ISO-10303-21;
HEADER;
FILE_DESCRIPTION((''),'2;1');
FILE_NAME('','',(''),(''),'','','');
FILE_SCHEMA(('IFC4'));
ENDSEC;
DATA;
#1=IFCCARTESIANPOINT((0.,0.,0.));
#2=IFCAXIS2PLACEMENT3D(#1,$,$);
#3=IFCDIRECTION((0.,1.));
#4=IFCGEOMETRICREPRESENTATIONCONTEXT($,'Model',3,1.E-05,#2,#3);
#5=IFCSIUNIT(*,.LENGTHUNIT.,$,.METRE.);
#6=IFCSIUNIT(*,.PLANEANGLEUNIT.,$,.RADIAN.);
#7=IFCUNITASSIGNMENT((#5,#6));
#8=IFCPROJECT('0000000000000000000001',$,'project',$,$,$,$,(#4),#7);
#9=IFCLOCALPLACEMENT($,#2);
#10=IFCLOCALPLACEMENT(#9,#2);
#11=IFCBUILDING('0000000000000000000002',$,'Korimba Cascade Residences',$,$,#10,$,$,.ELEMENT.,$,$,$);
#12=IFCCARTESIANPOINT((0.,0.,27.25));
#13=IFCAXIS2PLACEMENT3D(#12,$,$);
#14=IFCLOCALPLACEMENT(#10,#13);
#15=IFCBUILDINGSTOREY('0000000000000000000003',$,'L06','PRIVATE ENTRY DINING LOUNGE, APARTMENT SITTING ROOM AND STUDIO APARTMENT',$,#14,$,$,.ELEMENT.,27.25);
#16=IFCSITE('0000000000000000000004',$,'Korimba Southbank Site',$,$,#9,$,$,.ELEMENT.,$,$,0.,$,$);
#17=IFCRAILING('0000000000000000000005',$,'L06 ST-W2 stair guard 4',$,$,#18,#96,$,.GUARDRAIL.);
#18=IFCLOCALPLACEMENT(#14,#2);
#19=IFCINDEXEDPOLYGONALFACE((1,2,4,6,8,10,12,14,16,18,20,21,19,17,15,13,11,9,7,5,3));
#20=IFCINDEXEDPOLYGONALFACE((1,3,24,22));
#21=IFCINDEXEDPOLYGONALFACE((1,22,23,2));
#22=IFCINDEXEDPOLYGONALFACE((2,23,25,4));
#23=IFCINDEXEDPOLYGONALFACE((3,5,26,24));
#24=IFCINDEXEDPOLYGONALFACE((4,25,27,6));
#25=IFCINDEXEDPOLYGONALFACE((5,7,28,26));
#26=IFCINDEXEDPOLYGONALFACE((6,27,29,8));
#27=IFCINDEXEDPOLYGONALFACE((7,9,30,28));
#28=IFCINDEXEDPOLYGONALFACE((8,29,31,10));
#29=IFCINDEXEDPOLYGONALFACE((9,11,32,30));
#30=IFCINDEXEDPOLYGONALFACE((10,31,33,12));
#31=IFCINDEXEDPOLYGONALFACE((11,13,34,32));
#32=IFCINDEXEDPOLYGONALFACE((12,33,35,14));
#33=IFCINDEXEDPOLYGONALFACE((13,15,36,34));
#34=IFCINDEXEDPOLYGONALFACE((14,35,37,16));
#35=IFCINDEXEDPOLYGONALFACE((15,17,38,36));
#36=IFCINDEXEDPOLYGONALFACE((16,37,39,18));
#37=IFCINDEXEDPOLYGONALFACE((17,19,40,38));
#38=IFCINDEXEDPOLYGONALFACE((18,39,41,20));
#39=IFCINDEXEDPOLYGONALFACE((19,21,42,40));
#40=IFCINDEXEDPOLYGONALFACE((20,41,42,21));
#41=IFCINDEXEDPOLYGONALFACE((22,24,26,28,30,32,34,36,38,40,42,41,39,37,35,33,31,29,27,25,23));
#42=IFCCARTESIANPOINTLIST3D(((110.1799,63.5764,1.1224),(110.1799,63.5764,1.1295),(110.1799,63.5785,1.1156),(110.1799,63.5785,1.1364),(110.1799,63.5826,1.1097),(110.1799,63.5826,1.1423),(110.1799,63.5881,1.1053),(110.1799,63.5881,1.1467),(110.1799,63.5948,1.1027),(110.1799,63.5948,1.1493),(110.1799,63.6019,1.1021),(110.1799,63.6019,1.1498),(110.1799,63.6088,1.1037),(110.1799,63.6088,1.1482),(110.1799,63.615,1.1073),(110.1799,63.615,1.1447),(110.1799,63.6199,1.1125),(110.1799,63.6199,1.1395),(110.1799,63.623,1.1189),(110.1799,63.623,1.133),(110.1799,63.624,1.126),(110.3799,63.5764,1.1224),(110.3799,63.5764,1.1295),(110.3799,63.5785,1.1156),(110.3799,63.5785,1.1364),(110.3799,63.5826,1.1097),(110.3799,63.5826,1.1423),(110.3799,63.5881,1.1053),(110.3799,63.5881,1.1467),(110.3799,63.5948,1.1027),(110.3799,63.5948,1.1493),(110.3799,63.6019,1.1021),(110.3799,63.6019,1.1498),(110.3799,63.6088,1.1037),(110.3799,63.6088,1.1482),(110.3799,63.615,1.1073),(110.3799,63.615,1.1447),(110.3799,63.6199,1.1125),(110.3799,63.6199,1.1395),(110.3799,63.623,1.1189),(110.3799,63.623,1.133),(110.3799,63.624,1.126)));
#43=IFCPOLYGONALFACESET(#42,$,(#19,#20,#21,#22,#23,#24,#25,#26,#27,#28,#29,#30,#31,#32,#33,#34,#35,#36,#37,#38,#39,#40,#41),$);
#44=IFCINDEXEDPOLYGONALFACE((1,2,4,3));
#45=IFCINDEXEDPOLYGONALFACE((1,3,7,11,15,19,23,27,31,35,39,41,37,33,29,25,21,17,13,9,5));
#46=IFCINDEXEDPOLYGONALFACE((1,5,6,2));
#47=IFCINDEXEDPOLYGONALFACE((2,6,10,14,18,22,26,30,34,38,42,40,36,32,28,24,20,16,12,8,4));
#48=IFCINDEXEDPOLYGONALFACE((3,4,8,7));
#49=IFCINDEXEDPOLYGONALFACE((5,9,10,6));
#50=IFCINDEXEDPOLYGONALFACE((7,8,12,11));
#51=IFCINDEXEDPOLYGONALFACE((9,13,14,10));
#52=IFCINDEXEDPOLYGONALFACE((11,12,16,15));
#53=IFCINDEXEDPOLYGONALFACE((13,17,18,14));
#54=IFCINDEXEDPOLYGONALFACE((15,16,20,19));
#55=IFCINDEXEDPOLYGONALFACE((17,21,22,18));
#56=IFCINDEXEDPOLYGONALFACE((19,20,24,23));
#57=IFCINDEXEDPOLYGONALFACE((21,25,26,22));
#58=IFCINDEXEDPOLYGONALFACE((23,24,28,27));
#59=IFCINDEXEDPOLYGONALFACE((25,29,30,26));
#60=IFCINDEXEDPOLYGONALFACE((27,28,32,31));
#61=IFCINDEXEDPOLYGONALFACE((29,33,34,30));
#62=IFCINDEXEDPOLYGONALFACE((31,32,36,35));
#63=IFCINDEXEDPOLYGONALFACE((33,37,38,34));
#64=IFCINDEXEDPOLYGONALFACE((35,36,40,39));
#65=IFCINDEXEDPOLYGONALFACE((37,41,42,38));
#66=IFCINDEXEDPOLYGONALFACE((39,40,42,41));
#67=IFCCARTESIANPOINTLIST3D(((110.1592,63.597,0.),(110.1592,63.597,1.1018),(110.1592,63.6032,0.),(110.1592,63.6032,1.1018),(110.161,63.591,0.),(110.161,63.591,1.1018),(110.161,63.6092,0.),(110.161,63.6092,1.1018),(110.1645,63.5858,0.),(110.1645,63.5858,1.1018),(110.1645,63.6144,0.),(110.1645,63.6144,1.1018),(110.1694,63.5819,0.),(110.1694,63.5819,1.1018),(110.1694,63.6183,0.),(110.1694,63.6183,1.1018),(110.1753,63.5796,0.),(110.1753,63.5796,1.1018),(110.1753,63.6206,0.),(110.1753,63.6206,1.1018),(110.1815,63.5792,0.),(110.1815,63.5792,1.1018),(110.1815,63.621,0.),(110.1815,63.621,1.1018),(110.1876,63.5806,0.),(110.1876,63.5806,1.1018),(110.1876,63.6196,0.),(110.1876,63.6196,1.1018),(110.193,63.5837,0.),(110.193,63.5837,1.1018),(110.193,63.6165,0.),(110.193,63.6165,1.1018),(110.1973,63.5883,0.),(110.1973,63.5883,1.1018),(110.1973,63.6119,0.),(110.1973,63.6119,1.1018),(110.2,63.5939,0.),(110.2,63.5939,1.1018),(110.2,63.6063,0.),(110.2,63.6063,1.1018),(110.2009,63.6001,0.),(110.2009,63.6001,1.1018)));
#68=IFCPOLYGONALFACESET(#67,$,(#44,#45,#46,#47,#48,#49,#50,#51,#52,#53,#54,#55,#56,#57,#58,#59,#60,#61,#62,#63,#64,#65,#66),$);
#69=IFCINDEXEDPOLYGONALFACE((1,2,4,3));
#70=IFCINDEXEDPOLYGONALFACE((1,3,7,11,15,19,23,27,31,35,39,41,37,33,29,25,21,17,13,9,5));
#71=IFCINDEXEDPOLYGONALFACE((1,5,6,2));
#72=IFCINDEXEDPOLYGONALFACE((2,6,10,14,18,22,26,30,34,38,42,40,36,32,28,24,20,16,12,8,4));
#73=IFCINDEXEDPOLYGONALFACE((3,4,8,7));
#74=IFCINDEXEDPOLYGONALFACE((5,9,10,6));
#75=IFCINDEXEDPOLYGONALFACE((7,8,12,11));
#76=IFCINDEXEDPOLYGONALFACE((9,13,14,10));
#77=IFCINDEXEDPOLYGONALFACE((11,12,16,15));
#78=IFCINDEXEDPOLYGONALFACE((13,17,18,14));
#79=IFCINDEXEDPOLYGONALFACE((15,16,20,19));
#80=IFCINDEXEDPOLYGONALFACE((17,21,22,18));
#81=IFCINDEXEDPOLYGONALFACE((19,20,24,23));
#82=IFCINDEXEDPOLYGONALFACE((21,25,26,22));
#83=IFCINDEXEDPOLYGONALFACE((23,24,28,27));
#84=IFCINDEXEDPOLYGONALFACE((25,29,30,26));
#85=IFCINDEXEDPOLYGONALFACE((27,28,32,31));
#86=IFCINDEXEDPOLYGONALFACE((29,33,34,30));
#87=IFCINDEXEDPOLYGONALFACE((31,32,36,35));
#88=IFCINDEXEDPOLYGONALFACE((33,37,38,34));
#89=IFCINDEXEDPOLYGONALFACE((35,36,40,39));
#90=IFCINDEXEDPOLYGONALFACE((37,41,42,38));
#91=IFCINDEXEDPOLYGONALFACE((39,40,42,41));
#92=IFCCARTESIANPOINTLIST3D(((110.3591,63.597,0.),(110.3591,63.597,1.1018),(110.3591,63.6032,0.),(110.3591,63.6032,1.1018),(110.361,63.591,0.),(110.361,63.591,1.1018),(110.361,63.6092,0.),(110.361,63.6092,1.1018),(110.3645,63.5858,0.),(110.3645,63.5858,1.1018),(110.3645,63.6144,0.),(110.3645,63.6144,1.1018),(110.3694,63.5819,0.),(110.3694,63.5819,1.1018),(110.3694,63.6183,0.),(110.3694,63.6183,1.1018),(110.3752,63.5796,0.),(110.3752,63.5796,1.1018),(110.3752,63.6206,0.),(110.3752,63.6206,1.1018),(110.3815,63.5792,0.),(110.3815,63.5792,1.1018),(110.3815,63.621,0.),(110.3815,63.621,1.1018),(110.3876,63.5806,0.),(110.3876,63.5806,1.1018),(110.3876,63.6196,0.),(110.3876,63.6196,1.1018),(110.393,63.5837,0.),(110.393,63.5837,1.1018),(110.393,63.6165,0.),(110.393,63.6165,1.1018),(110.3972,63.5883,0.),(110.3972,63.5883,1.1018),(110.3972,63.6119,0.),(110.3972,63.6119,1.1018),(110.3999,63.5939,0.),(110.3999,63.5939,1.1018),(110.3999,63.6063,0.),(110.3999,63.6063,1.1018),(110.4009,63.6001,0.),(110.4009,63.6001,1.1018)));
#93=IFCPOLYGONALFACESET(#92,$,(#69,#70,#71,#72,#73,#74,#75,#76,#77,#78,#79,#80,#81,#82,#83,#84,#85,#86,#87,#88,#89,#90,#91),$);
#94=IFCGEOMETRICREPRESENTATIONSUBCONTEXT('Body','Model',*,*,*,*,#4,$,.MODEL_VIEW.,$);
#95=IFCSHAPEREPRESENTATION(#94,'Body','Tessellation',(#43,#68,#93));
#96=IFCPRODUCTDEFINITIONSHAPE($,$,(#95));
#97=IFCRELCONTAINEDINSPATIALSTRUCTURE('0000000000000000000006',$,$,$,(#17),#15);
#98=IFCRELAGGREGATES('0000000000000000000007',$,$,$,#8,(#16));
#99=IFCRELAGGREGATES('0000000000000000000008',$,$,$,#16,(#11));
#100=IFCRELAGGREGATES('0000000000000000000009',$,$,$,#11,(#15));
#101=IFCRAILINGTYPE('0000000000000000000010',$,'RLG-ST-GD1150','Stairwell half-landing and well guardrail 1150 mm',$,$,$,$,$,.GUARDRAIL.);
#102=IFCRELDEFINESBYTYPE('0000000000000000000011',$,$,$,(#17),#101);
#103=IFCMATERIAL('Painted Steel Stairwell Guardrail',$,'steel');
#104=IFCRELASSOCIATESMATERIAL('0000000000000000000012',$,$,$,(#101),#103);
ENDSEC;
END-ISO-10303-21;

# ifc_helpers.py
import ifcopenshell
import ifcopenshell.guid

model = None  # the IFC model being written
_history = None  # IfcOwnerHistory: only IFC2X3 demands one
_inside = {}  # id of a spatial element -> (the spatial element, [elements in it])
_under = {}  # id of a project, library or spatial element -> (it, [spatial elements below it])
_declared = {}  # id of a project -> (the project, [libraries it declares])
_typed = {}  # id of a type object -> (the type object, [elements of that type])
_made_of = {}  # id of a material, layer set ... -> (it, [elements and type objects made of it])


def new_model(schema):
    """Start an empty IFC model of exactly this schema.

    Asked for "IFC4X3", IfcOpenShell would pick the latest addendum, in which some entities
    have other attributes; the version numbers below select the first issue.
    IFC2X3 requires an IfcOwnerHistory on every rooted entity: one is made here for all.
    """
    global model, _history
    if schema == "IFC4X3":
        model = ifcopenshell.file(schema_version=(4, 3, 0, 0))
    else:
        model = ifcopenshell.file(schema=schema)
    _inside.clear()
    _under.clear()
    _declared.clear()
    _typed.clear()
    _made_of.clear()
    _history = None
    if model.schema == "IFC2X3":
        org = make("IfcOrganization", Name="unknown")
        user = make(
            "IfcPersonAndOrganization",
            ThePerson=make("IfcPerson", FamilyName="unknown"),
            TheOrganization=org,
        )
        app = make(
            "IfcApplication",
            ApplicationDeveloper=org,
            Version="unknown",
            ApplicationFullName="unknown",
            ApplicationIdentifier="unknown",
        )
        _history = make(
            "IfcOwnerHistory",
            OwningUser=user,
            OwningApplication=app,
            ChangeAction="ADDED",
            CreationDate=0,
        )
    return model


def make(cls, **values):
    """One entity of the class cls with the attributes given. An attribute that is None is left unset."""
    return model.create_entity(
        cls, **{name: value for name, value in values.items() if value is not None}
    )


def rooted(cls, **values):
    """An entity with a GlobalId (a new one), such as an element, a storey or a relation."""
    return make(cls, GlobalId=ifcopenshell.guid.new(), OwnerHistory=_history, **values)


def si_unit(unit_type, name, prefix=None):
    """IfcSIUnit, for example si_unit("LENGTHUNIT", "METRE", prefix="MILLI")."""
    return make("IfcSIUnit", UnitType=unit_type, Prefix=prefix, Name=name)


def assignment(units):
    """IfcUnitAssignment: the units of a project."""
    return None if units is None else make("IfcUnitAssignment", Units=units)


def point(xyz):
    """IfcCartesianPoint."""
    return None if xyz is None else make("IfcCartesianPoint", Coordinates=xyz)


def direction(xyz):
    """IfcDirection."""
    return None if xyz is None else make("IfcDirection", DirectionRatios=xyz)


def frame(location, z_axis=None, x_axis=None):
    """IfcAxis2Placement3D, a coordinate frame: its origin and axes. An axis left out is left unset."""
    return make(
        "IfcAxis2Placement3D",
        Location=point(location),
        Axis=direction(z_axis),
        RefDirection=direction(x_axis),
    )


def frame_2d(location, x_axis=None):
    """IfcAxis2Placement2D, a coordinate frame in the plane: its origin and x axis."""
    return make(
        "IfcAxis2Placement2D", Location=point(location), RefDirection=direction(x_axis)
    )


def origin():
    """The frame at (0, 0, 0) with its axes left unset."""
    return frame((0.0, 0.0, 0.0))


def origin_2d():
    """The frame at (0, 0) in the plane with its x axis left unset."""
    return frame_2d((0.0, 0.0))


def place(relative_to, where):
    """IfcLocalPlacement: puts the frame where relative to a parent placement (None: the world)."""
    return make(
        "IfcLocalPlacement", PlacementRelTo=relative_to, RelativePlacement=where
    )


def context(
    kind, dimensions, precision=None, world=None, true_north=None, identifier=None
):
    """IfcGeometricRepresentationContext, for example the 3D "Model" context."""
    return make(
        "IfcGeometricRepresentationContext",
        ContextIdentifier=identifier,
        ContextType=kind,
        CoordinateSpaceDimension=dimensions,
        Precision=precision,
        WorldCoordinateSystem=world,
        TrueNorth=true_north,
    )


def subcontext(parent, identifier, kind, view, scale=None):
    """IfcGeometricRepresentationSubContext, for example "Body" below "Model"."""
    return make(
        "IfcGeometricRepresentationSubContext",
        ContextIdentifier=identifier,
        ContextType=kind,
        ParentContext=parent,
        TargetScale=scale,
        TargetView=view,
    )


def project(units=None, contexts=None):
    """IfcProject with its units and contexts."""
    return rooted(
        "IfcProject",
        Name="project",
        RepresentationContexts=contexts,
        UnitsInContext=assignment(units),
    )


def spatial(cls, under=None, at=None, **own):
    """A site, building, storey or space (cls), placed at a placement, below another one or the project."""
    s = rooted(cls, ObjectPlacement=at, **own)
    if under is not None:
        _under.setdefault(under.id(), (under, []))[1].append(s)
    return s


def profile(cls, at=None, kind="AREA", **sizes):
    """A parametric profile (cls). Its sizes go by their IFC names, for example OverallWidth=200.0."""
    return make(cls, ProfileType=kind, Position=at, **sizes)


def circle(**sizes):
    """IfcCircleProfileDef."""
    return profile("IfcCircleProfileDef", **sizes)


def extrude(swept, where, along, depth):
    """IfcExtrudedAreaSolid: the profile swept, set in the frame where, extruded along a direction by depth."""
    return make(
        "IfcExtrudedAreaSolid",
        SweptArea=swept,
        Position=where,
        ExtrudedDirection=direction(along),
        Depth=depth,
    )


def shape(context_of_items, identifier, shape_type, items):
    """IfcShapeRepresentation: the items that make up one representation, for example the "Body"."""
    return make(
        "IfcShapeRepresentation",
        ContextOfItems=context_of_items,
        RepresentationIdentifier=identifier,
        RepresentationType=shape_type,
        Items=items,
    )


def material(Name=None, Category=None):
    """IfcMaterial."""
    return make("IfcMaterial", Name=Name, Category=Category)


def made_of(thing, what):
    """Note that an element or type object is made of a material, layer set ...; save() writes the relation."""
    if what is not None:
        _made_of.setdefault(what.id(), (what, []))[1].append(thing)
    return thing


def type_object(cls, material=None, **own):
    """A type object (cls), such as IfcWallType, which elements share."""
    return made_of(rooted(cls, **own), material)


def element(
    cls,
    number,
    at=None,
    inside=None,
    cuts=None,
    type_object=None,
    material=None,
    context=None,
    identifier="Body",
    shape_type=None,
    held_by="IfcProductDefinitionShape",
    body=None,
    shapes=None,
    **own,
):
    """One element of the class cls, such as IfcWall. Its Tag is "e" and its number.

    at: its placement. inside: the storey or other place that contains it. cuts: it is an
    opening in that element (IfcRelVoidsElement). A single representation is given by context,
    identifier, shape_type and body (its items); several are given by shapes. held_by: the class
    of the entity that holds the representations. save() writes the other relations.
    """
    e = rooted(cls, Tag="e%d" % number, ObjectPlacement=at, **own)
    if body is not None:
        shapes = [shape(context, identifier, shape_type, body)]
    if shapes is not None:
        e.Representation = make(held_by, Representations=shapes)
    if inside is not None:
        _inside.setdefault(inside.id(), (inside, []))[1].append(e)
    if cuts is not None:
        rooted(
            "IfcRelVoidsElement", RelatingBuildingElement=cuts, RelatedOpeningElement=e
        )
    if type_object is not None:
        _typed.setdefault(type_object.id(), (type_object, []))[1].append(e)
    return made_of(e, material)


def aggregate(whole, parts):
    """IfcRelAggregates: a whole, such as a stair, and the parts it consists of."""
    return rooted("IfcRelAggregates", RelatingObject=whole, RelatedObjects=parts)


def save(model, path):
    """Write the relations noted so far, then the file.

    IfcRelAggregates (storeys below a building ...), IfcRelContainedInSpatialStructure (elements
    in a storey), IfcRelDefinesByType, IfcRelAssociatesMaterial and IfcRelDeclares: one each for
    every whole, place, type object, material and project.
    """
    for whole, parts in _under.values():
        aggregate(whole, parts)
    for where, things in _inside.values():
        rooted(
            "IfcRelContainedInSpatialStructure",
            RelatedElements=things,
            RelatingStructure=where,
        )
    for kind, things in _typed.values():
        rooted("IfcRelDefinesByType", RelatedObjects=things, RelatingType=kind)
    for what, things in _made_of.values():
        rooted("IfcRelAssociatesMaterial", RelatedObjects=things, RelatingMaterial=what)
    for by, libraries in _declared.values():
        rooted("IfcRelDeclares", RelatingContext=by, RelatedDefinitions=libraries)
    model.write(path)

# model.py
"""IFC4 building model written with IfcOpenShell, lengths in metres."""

from ifc_helpers import new_model, si_unit, direction, frame, origin, origin_2d, place, context, subcontext, project, spatial, circle, extrude, material, type_object, element, save


model = new_model("IFC4")

# Units and contexts
model_context = context("Model", 3, precision=1e-05, world=origin(), true_north=direction((0.0, 1.0)))
body_context = subcontext(model_context, "Body", "Model", "MODEL_VIEW")
ifc_project = project(units=[si_unit("LENGTHUNIT", "METRE"), si_unit("PLANEANGLEUNIT", "RADIAN")], contexts=[model_context])

# Site, building, storey
site_placement = place(None, origin())
site = spatial("IfcSite", under=ifc_project, at=site_placement, Name="Korimba Southbank Site", CompositionType="ELEMENT", RefElevation=0.0)
building_placement = place(site_placement, origin())
building = spatial("IfcBuilding", under=site, at=building_placement, Name="Korimba Cascade Residences", CompositionType="ELEMENT")
storey_placement = place(building_placement, frame((0.0, 0.0, 27.25)))
storey = spatial("IfcBuildingStorey", under=building, at=storey_placement, Name="L06", Description="PRIVATE ENTRY DINING LOUNGE, APARTMENT SITTING ROOM AND STUDIO APARTMENT", CompositionType="ELEMENT", Elevation=27.25)

# Railing
ifc_material_1 = material(Name="Painted Steel Stairwell Guardrail", Category="steel")
railing_type_1 = type_object("IfcRailingType", Name="RLG-ST-GD1150", Description="Stairwell half-landing and well guardrail 1150 mm", PredefinedType="GUARDRAIL", material=ifc_material_1)
railing_1_placement = place(storey_placement, frame((110.1799, 63.6001, 0.0)))
element("IfcRailing", 1, at=railing_1_placement, inside=storey, type_object=railing_type_1, Name="L06 ST-W2 stair guard 4", PredefinedType="GUARDRAIL", context=body_context, shape_type="SweptSolid", body=[
    extrude(circle(Radius=0.0239, at=origin_2d()), frame((0.0, 0.0, 1.126), z_axis=(1.0, 0.0, 0.0), x_axis=(0.0, 1.0, 0.0)), (0.0, 0.0, 1.0), 0.2),
    extrude(circle(Radius=0.021, at=origin_2d()), origin(), (0.0, 0.0, 1.0), 1.1018),
    extrude(circle(Radius=0.021, at=origin_2d()), frame((0.2, 0.0, 0.0)), (0.0, 0.0, 1.0), 1.1018),
])

save(model, "model.ifc")
